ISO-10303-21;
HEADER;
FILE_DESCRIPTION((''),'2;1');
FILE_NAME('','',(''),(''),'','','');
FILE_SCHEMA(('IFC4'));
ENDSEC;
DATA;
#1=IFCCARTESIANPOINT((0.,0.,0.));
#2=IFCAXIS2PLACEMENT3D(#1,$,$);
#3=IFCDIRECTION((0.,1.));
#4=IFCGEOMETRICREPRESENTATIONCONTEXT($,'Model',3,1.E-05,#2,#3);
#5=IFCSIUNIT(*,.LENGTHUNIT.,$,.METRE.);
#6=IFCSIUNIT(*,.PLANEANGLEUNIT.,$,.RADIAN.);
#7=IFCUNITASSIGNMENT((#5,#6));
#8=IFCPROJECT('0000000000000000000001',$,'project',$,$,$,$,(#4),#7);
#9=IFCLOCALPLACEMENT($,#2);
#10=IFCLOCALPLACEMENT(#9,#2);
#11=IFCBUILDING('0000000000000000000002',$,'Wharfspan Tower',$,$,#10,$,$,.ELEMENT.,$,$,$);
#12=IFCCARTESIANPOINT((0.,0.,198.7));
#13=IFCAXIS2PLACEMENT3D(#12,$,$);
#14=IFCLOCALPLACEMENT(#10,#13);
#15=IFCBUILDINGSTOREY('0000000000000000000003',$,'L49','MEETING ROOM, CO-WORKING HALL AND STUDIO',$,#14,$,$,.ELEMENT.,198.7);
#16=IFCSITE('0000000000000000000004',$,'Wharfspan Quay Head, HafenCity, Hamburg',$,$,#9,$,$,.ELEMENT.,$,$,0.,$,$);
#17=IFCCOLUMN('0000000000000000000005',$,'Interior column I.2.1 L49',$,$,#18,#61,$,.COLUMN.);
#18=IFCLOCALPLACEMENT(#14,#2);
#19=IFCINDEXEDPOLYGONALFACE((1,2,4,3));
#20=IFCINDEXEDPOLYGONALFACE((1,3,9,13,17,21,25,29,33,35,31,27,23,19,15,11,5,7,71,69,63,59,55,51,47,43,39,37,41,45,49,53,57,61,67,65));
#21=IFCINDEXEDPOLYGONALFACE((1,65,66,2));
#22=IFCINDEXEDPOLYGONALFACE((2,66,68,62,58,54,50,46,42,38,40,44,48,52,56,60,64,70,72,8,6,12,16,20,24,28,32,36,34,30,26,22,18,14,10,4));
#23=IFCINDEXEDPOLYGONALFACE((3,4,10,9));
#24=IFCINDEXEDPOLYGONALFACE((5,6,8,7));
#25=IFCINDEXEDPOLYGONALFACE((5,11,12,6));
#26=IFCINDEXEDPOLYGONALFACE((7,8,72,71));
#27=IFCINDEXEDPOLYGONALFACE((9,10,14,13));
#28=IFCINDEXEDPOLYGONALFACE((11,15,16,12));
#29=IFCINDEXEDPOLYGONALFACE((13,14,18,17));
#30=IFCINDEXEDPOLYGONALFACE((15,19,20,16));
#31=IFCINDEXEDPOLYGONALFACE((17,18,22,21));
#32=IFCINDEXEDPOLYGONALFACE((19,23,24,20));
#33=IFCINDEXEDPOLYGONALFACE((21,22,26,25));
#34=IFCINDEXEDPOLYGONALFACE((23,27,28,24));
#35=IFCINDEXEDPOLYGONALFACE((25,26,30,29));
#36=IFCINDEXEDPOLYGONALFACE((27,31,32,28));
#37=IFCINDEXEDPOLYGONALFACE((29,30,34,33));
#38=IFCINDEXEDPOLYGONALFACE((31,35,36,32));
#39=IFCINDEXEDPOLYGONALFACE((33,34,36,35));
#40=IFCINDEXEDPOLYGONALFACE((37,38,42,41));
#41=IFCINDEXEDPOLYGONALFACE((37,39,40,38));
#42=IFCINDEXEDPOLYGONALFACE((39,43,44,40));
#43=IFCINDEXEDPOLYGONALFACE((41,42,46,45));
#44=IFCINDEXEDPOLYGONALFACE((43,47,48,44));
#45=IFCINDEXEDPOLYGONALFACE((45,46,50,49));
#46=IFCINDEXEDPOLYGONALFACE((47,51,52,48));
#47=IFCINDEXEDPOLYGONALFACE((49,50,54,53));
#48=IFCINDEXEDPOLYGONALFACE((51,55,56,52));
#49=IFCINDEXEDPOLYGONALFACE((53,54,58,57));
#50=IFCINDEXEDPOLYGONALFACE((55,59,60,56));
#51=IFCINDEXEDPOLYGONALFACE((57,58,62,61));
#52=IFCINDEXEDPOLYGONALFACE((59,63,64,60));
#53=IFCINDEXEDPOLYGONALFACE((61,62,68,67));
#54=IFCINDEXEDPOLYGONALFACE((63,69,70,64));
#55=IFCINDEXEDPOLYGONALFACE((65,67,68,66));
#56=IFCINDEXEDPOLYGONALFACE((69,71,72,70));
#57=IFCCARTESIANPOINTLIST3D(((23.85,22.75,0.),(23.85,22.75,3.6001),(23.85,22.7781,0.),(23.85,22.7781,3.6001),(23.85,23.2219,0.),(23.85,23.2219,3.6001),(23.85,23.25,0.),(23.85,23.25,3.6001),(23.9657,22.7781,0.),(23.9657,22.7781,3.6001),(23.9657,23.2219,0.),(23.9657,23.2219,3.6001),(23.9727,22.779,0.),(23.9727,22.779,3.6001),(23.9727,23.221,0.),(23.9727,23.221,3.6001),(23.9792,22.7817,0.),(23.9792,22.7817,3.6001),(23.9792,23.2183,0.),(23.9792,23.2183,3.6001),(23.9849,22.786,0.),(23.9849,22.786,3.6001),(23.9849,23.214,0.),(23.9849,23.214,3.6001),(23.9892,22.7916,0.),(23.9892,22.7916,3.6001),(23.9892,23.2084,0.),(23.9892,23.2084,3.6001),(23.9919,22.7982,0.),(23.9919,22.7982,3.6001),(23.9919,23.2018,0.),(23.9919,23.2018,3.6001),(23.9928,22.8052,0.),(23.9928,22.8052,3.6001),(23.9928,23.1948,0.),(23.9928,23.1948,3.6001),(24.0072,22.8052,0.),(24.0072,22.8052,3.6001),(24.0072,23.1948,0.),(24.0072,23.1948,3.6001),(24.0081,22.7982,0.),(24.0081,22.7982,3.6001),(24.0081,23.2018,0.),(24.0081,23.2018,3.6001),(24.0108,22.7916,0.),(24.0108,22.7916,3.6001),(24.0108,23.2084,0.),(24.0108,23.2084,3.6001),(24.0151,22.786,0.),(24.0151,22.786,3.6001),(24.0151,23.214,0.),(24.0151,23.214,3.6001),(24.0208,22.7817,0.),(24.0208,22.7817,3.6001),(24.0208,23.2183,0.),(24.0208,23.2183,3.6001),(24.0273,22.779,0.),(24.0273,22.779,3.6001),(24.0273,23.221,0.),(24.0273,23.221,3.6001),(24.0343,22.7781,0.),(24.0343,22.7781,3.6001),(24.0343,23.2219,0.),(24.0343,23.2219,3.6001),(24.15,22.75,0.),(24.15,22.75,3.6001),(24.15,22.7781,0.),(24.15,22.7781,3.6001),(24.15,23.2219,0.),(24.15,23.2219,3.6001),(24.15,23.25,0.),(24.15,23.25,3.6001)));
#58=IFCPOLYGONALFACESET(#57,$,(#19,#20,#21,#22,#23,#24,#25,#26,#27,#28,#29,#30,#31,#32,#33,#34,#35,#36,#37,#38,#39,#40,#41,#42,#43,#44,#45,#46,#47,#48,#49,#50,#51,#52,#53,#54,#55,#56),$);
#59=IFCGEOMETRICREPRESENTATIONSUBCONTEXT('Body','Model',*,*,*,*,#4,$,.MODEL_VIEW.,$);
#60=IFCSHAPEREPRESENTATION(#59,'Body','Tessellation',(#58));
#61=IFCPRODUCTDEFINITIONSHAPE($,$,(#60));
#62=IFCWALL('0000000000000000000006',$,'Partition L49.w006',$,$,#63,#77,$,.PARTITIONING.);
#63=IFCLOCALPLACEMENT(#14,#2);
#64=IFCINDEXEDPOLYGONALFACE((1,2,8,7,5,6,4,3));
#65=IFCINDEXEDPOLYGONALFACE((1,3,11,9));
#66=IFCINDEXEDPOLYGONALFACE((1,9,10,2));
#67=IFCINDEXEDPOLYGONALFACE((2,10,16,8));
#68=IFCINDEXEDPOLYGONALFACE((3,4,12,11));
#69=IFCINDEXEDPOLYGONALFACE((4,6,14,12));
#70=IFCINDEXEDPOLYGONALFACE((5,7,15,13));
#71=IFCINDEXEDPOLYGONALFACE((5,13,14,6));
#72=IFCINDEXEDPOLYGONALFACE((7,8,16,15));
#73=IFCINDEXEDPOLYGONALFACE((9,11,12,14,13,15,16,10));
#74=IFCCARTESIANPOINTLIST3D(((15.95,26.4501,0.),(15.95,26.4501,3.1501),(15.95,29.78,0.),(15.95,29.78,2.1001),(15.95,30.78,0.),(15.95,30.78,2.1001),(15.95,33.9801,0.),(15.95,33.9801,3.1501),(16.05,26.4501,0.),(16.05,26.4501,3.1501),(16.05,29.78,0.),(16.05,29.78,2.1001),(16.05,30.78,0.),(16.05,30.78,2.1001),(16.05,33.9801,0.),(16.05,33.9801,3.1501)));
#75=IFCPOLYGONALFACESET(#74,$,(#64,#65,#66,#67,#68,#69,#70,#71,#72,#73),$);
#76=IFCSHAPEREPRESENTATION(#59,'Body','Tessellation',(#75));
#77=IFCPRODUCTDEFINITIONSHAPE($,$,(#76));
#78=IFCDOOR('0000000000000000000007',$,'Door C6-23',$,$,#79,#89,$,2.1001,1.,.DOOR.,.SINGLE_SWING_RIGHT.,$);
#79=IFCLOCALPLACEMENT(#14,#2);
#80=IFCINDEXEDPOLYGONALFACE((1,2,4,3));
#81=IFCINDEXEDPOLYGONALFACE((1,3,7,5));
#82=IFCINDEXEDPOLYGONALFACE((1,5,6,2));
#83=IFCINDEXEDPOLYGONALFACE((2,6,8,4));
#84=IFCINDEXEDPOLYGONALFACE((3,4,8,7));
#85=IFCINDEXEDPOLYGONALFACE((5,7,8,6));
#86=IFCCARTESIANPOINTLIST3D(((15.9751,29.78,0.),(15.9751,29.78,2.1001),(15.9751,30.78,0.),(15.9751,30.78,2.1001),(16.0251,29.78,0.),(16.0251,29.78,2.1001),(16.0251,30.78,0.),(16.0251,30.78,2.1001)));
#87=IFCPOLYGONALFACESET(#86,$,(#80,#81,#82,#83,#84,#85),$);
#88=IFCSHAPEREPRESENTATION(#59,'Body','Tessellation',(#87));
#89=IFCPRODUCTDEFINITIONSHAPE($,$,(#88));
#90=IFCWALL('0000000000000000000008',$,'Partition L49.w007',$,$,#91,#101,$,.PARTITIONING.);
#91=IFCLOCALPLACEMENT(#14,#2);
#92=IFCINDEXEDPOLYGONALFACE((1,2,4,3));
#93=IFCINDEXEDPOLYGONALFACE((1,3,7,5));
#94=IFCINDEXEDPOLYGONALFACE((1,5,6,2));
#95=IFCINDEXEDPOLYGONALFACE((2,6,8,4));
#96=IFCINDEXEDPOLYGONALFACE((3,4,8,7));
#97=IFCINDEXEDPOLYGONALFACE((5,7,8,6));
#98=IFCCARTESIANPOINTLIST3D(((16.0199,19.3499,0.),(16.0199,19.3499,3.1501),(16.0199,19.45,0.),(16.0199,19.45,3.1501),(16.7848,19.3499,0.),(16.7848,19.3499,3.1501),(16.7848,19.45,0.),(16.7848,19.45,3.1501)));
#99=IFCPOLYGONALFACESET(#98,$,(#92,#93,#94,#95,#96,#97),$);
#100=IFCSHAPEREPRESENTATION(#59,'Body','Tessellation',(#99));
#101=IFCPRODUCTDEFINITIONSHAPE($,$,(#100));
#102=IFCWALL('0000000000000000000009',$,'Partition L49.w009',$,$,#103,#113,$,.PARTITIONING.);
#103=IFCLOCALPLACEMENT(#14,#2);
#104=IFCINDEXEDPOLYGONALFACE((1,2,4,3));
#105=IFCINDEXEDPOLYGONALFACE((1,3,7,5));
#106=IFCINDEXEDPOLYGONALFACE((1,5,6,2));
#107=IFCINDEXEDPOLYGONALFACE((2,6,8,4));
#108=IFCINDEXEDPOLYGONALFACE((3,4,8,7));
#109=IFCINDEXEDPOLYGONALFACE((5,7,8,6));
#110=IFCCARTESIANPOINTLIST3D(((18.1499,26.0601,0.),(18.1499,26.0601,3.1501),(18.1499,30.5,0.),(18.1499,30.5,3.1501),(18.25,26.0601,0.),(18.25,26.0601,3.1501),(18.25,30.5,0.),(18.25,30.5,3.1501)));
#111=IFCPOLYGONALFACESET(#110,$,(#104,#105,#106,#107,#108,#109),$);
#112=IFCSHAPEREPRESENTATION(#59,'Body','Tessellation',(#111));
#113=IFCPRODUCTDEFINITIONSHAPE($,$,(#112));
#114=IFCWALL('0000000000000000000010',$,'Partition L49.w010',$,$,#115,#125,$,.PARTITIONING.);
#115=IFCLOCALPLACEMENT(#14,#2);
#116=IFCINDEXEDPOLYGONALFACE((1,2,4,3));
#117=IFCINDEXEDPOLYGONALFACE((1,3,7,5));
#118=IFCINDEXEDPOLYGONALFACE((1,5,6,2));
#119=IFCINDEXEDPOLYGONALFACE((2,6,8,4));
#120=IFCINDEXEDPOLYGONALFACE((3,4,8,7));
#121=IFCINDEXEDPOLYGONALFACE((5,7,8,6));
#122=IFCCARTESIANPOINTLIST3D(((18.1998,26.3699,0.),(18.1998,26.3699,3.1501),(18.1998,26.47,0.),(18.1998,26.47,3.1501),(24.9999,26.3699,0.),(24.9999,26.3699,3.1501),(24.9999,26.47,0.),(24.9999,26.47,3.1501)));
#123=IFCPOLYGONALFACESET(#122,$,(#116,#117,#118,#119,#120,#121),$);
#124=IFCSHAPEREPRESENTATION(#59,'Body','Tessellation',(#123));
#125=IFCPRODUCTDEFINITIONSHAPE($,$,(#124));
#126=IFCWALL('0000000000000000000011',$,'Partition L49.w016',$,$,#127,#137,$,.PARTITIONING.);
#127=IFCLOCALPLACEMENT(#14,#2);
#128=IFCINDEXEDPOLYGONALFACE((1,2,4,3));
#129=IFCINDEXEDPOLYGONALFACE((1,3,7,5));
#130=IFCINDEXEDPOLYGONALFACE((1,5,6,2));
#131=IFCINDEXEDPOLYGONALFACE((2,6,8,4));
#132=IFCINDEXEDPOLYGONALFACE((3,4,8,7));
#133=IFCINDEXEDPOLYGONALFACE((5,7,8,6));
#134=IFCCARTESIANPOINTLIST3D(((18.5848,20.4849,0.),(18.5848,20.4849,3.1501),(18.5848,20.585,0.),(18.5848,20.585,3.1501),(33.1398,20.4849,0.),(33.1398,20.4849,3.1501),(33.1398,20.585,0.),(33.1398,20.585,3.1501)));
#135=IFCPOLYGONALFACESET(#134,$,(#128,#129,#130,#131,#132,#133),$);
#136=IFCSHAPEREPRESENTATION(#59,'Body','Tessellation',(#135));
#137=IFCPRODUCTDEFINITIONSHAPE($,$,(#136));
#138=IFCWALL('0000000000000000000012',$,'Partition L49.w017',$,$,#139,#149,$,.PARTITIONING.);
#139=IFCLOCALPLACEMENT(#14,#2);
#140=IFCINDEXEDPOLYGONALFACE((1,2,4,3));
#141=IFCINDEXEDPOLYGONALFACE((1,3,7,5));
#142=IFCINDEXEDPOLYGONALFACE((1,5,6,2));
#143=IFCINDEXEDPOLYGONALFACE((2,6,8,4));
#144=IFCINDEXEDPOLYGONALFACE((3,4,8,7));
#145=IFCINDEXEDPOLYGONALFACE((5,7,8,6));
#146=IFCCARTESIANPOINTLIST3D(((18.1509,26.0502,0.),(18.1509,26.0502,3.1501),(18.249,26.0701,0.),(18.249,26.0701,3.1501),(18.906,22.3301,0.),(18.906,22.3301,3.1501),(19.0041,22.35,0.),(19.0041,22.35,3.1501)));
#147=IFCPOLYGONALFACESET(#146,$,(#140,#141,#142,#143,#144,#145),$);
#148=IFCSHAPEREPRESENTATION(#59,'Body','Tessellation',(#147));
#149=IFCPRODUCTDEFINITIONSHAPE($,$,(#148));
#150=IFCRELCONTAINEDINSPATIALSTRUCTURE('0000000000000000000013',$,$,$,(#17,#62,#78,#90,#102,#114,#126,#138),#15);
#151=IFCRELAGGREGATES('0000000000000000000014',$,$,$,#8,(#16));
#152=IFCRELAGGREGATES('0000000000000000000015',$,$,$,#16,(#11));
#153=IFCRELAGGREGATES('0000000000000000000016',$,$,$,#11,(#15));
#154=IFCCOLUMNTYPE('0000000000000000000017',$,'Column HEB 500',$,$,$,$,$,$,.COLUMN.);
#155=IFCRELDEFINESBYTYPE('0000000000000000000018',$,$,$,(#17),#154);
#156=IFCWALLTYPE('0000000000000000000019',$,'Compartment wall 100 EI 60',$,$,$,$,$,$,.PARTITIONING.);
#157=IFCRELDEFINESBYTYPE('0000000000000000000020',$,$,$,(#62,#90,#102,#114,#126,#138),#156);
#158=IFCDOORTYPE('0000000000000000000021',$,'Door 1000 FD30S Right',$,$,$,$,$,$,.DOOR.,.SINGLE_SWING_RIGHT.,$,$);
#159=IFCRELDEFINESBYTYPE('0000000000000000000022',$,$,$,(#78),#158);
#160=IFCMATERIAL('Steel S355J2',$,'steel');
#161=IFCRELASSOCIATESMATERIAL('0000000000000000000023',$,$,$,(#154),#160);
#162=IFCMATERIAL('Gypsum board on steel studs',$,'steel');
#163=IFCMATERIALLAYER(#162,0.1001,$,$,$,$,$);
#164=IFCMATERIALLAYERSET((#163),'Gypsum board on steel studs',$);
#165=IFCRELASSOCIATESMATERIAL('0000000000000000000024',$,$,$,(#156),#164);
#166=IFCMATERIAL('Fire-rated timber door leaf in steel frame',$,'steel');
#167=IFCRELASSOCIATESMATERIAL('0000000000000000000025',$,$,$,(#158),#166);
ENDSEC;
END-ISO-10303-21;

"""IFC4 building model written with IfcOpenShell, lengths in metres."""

from ifc_helpers import new_model, si_unit, direction, frame, frame_2d, origin, origin_2d, place, context, subcontext, project, spatial, rectangle, i_section, extrude, material, layer, layer_set, material_profile, profile_set, type_object, element, fill, save


model = new_model("IFC4")

# Units and contexts
model_context = context("Model", 3, precision=1e-05, world=origin(), true_north=direction((0.0, 1.0)))
body_context = subcontext(model_context, "Body", "Model", "MODEL_VIEW")
ifc_project = project(units=[si_unit("LENGTHUNIT", "METRE"), si_unit("PLANEANGLEUNIT", "RADIAN")], contexts=[model_context])

# Site, building, storey
site_placement = place(None, origin())
site = spatial("IfcSite", under=ifc_project, at=site_placement, Name="Wharfspan Quay Head, HafenCity, Hamburg", CompositionType="ELEMENT", RefElevation=0.0)
building_placement = place(site_placement, origin())
building = spatial("IfcBuilding", under=site, at=building_placement, Name="Wharfspan Tower", CompositionType="ELEMENT")
storey_placement = place(building_placement, frame((0.0, 0.0, 198.7)))
storey = spatial("IfcBuildingStorey", under=building, at=storey_placement, Name="L49", Description="MEETING ROOM, CO-WORKING HALL AND STUDIO", CompositionType="ELEMENT", Elevation=198.7)

# Column
ifc_material_1 = material(Name="Steel S355J2", Category="steel")
ifc_material_profile = material_profile(ifc_material_1, i_section(OverallWidth=0.3, OverallDepth=0.5, WebThickness=0.0144, FlangeThickness=0.0281, FilletRadius=0.0271, at=origin_2d()))
ifc_profile_set = profile_set([ifc_material_profile], Name="Steel S355J2")
column_type = type_object("IfcColumnType", Name="Column HEB 500", PredefinedType="COLUMN", material=ifc_profile_set)
column_placement = place(storey_placement, frame((24.0, 23.0, 0.0), z_axis=(0.0, 0.0, 1.0), x_axis=(1.0, 0.0, 0.0)))
element("IfcColumn", 1, at=column_placement, inside=storey, type_object=column_type, Name="Interior column I.2.1 L49", PredefinedType="COLUMN", context=body_context, shape_type="SweptSolid", body=[
    extrude(i_section(OverallWidth=0.3, OverallDepth=0.5, WebThickness=0.0144, FlangeThickness=0.0281, FilletRadius=0.0271, at=origin_2d()), origin(), (0.0, 0.0, 1.0), 3.6001),
])

# Wall, opening, door
ifc_material_2 = material(Name="Gypsum board on steel studs", Category="steel")
ifc_layer_1 = layer(ifc_material_2, 0.1001)
ifc_layer_set_1 = layer_set([ifc_layer_1], Name="Gypsum board on steel studs")
wall_type_1 = type_object("IfcWallType", Name="Compartment wall 100 EI 60", PredefinedType="PARTITIONING", material=ifc_layer_set_1)
wall_1_placement = place(storey_placement, frame((16.0, 26.45, 0.0), z_axis=(0.0, 0.0, 1.0), x_axis=(0.0, 1.0, 0.0)))
wall_1 = element("IfcWall", 2, at=wall_1_placement, inside=storey, type_object=wall_type_1, Name="Partition L49.w006", PredefinedType="PARTITIONING", context=body_context, shape_type="SweptSolid", body=[
    extrude(rectangle(XDim=7.53, YDim=0.1001, at=frame_2d((3.7651, 0.0))), origin(), (0.0, 0.0, 1.0), 3.1501),
])
opening_1_placement = place(wall_1_placement, frame((3.3301, 0.0, 0.0)))
opening_1 = element("IfcOpeningElement", 3, at=opening_1_placement, cuts=wall_1, PredefinedType="OPENING", context=body_context, shape_type="SweptSolid", body=[
    extrude(rectangle(XDim=1.0, YDim=2.1001, at=frame_2d((0.5, 1.05))), frame((0.0, 0.0601, 0.0), z_axis=(0.0, -1.0, 0.0), x_axis=(1.0, 0.0, 0.0)), (0.0, 0.0, 1.0), 0.1201),
])
ifc_material_3 = material(Name="Fire-rated timber door leaf in steel frame", Category="steel")
door_type_1 = type_object("IfcDoorType", Name="Door 1000 FD30S Right", OperationType="SINGLE_SWING_RIGHT", PredefinedType="DOOR", material=ifc_material_3)
door_1_placement = place(opening_1_placement, origin())
door_1 = element("IfcDoor", 4, at=door_1_placement, inside=storey, type_object=door_type_1, Name="Door C6-23", OperationType="SINGLE_SWING_RIGHT", OverallHeight=2.1001, OverallWidth=1.0, PredefinedType="DOOR", context=body_context, shape_type="SweptSolid", body=[
    extrude(rectangle(XDim=1.0, YDim=2.1001, at=frame_2d((0.5, 1.05))), frame((0.0, 0.0249, 0.0), z_axis=(0.0, -1.0, 0.0), x_axis=(1.0, 0.0, 0.0)), (0.0, 0.0, 1.0), 0.05),
])
fill(opening_1, door_1)

# Walls
wall_2_placement = place(storey_placement, frame((16.02, 19.3999, 0.0), z_axis=(0.0, 0.0, 1.0), x_axis=(1.0, 0.0, 0.0)))
element("IfcWall", 5, at=wall_2_placement, inside=storey, type_object=wall_type_1, Name="Partition L49.w007", PredefinedType="PARTITIONING", context=body_context, shape_type="SweptSolid", body=[
    extrude(rectangle(XDim=0.7649, YDim=0.1001, at=frame_2d((0.3823, 0.0))), origin(), (0.0, 0.0, 1.0), 3.1501),
])
wall_3_placement = place(storey_placement, frame((18.2, 26.0601, 0.0), z_axis=(0.0, 0.0, 1.0), x_axis=(0.0, 1.0, 0.0)))
element("IfcWall", 6, at=wall_3_placement, inside=storey, type_object=wall_type_1, Name="Partition L49.w009", PredefinedType="PARTITIONING", context=body_context, shape_type="SweptSolid", body=[
    extrude(rectangle(XDim=4.4399, YDim=0.1001, at=frame_2d((2.22, 0.0))), origin(), (0.0, 0.0, 1.0), 3.1501),
])
wall_4_placement = place(storey_placement, frame((18.2, 26.4199, 0.0), z_axis=(0.0, 0.0, 1.0), x_axis=(1.0, 0.0, 0.0)))
element("IfcWall", 7, at=wall_4_placement, inside=storey, type_object=wall_type_1, Name="Partition L49.w010", PredefinedType="PARTITIONING", context=body_context, shape_type="SweptSolid", body=[
    extrude(rectangle(XDim=6.8, YDim=0.1001, at=frame_2d((3.3999, 0.0))), origin(), (0.0, 0.0, 1.0), 3.1501),
])
wall_5_placement = place(storey_placement, frame((18.585, 20.5349, 0.0), z_axis=(0.0, 0.0, 1.0), x_axis=(1.0, 0.0, 0.0)))
element("IfcWall", 8, at=wall_5_placement, inside=storey, type_object=wall_type_1, Name="Partition L49.w016", PredefinedType="PARTITIONING", context=body_context, shape_type="SweptSolid", body=[
    extrude(rectangle(XDim=14.5549, YDim=0.1001, at=frame_2d((7.2773, 0.0))), origin(), (0.0, 0.0, 1.0), 3.1501),
])
wall_6_placement = place(storey_placement, frame((18.9551, 22.3401, 0.0), z_axis=(0.0, 0.0, 1.0), x_axis=(-0.198935, 0.980011, 0.0)))
element("IfcWall", 9, at=wall_6_placement, inside=storey, type_object=wall_type_1, Name="Partition L49.w017", PredefinedType="PARTITIONING", context=body_context, shape_type="SweptSolid", body=[
    extrude(rectangle(XDim=3.7959, YDim=0.1001, at=frame_2d((1.8979, 0.0))), origin(), (0.0, 0.0, 1.0), 3.1501),
])

save(model, "model.ifc")
